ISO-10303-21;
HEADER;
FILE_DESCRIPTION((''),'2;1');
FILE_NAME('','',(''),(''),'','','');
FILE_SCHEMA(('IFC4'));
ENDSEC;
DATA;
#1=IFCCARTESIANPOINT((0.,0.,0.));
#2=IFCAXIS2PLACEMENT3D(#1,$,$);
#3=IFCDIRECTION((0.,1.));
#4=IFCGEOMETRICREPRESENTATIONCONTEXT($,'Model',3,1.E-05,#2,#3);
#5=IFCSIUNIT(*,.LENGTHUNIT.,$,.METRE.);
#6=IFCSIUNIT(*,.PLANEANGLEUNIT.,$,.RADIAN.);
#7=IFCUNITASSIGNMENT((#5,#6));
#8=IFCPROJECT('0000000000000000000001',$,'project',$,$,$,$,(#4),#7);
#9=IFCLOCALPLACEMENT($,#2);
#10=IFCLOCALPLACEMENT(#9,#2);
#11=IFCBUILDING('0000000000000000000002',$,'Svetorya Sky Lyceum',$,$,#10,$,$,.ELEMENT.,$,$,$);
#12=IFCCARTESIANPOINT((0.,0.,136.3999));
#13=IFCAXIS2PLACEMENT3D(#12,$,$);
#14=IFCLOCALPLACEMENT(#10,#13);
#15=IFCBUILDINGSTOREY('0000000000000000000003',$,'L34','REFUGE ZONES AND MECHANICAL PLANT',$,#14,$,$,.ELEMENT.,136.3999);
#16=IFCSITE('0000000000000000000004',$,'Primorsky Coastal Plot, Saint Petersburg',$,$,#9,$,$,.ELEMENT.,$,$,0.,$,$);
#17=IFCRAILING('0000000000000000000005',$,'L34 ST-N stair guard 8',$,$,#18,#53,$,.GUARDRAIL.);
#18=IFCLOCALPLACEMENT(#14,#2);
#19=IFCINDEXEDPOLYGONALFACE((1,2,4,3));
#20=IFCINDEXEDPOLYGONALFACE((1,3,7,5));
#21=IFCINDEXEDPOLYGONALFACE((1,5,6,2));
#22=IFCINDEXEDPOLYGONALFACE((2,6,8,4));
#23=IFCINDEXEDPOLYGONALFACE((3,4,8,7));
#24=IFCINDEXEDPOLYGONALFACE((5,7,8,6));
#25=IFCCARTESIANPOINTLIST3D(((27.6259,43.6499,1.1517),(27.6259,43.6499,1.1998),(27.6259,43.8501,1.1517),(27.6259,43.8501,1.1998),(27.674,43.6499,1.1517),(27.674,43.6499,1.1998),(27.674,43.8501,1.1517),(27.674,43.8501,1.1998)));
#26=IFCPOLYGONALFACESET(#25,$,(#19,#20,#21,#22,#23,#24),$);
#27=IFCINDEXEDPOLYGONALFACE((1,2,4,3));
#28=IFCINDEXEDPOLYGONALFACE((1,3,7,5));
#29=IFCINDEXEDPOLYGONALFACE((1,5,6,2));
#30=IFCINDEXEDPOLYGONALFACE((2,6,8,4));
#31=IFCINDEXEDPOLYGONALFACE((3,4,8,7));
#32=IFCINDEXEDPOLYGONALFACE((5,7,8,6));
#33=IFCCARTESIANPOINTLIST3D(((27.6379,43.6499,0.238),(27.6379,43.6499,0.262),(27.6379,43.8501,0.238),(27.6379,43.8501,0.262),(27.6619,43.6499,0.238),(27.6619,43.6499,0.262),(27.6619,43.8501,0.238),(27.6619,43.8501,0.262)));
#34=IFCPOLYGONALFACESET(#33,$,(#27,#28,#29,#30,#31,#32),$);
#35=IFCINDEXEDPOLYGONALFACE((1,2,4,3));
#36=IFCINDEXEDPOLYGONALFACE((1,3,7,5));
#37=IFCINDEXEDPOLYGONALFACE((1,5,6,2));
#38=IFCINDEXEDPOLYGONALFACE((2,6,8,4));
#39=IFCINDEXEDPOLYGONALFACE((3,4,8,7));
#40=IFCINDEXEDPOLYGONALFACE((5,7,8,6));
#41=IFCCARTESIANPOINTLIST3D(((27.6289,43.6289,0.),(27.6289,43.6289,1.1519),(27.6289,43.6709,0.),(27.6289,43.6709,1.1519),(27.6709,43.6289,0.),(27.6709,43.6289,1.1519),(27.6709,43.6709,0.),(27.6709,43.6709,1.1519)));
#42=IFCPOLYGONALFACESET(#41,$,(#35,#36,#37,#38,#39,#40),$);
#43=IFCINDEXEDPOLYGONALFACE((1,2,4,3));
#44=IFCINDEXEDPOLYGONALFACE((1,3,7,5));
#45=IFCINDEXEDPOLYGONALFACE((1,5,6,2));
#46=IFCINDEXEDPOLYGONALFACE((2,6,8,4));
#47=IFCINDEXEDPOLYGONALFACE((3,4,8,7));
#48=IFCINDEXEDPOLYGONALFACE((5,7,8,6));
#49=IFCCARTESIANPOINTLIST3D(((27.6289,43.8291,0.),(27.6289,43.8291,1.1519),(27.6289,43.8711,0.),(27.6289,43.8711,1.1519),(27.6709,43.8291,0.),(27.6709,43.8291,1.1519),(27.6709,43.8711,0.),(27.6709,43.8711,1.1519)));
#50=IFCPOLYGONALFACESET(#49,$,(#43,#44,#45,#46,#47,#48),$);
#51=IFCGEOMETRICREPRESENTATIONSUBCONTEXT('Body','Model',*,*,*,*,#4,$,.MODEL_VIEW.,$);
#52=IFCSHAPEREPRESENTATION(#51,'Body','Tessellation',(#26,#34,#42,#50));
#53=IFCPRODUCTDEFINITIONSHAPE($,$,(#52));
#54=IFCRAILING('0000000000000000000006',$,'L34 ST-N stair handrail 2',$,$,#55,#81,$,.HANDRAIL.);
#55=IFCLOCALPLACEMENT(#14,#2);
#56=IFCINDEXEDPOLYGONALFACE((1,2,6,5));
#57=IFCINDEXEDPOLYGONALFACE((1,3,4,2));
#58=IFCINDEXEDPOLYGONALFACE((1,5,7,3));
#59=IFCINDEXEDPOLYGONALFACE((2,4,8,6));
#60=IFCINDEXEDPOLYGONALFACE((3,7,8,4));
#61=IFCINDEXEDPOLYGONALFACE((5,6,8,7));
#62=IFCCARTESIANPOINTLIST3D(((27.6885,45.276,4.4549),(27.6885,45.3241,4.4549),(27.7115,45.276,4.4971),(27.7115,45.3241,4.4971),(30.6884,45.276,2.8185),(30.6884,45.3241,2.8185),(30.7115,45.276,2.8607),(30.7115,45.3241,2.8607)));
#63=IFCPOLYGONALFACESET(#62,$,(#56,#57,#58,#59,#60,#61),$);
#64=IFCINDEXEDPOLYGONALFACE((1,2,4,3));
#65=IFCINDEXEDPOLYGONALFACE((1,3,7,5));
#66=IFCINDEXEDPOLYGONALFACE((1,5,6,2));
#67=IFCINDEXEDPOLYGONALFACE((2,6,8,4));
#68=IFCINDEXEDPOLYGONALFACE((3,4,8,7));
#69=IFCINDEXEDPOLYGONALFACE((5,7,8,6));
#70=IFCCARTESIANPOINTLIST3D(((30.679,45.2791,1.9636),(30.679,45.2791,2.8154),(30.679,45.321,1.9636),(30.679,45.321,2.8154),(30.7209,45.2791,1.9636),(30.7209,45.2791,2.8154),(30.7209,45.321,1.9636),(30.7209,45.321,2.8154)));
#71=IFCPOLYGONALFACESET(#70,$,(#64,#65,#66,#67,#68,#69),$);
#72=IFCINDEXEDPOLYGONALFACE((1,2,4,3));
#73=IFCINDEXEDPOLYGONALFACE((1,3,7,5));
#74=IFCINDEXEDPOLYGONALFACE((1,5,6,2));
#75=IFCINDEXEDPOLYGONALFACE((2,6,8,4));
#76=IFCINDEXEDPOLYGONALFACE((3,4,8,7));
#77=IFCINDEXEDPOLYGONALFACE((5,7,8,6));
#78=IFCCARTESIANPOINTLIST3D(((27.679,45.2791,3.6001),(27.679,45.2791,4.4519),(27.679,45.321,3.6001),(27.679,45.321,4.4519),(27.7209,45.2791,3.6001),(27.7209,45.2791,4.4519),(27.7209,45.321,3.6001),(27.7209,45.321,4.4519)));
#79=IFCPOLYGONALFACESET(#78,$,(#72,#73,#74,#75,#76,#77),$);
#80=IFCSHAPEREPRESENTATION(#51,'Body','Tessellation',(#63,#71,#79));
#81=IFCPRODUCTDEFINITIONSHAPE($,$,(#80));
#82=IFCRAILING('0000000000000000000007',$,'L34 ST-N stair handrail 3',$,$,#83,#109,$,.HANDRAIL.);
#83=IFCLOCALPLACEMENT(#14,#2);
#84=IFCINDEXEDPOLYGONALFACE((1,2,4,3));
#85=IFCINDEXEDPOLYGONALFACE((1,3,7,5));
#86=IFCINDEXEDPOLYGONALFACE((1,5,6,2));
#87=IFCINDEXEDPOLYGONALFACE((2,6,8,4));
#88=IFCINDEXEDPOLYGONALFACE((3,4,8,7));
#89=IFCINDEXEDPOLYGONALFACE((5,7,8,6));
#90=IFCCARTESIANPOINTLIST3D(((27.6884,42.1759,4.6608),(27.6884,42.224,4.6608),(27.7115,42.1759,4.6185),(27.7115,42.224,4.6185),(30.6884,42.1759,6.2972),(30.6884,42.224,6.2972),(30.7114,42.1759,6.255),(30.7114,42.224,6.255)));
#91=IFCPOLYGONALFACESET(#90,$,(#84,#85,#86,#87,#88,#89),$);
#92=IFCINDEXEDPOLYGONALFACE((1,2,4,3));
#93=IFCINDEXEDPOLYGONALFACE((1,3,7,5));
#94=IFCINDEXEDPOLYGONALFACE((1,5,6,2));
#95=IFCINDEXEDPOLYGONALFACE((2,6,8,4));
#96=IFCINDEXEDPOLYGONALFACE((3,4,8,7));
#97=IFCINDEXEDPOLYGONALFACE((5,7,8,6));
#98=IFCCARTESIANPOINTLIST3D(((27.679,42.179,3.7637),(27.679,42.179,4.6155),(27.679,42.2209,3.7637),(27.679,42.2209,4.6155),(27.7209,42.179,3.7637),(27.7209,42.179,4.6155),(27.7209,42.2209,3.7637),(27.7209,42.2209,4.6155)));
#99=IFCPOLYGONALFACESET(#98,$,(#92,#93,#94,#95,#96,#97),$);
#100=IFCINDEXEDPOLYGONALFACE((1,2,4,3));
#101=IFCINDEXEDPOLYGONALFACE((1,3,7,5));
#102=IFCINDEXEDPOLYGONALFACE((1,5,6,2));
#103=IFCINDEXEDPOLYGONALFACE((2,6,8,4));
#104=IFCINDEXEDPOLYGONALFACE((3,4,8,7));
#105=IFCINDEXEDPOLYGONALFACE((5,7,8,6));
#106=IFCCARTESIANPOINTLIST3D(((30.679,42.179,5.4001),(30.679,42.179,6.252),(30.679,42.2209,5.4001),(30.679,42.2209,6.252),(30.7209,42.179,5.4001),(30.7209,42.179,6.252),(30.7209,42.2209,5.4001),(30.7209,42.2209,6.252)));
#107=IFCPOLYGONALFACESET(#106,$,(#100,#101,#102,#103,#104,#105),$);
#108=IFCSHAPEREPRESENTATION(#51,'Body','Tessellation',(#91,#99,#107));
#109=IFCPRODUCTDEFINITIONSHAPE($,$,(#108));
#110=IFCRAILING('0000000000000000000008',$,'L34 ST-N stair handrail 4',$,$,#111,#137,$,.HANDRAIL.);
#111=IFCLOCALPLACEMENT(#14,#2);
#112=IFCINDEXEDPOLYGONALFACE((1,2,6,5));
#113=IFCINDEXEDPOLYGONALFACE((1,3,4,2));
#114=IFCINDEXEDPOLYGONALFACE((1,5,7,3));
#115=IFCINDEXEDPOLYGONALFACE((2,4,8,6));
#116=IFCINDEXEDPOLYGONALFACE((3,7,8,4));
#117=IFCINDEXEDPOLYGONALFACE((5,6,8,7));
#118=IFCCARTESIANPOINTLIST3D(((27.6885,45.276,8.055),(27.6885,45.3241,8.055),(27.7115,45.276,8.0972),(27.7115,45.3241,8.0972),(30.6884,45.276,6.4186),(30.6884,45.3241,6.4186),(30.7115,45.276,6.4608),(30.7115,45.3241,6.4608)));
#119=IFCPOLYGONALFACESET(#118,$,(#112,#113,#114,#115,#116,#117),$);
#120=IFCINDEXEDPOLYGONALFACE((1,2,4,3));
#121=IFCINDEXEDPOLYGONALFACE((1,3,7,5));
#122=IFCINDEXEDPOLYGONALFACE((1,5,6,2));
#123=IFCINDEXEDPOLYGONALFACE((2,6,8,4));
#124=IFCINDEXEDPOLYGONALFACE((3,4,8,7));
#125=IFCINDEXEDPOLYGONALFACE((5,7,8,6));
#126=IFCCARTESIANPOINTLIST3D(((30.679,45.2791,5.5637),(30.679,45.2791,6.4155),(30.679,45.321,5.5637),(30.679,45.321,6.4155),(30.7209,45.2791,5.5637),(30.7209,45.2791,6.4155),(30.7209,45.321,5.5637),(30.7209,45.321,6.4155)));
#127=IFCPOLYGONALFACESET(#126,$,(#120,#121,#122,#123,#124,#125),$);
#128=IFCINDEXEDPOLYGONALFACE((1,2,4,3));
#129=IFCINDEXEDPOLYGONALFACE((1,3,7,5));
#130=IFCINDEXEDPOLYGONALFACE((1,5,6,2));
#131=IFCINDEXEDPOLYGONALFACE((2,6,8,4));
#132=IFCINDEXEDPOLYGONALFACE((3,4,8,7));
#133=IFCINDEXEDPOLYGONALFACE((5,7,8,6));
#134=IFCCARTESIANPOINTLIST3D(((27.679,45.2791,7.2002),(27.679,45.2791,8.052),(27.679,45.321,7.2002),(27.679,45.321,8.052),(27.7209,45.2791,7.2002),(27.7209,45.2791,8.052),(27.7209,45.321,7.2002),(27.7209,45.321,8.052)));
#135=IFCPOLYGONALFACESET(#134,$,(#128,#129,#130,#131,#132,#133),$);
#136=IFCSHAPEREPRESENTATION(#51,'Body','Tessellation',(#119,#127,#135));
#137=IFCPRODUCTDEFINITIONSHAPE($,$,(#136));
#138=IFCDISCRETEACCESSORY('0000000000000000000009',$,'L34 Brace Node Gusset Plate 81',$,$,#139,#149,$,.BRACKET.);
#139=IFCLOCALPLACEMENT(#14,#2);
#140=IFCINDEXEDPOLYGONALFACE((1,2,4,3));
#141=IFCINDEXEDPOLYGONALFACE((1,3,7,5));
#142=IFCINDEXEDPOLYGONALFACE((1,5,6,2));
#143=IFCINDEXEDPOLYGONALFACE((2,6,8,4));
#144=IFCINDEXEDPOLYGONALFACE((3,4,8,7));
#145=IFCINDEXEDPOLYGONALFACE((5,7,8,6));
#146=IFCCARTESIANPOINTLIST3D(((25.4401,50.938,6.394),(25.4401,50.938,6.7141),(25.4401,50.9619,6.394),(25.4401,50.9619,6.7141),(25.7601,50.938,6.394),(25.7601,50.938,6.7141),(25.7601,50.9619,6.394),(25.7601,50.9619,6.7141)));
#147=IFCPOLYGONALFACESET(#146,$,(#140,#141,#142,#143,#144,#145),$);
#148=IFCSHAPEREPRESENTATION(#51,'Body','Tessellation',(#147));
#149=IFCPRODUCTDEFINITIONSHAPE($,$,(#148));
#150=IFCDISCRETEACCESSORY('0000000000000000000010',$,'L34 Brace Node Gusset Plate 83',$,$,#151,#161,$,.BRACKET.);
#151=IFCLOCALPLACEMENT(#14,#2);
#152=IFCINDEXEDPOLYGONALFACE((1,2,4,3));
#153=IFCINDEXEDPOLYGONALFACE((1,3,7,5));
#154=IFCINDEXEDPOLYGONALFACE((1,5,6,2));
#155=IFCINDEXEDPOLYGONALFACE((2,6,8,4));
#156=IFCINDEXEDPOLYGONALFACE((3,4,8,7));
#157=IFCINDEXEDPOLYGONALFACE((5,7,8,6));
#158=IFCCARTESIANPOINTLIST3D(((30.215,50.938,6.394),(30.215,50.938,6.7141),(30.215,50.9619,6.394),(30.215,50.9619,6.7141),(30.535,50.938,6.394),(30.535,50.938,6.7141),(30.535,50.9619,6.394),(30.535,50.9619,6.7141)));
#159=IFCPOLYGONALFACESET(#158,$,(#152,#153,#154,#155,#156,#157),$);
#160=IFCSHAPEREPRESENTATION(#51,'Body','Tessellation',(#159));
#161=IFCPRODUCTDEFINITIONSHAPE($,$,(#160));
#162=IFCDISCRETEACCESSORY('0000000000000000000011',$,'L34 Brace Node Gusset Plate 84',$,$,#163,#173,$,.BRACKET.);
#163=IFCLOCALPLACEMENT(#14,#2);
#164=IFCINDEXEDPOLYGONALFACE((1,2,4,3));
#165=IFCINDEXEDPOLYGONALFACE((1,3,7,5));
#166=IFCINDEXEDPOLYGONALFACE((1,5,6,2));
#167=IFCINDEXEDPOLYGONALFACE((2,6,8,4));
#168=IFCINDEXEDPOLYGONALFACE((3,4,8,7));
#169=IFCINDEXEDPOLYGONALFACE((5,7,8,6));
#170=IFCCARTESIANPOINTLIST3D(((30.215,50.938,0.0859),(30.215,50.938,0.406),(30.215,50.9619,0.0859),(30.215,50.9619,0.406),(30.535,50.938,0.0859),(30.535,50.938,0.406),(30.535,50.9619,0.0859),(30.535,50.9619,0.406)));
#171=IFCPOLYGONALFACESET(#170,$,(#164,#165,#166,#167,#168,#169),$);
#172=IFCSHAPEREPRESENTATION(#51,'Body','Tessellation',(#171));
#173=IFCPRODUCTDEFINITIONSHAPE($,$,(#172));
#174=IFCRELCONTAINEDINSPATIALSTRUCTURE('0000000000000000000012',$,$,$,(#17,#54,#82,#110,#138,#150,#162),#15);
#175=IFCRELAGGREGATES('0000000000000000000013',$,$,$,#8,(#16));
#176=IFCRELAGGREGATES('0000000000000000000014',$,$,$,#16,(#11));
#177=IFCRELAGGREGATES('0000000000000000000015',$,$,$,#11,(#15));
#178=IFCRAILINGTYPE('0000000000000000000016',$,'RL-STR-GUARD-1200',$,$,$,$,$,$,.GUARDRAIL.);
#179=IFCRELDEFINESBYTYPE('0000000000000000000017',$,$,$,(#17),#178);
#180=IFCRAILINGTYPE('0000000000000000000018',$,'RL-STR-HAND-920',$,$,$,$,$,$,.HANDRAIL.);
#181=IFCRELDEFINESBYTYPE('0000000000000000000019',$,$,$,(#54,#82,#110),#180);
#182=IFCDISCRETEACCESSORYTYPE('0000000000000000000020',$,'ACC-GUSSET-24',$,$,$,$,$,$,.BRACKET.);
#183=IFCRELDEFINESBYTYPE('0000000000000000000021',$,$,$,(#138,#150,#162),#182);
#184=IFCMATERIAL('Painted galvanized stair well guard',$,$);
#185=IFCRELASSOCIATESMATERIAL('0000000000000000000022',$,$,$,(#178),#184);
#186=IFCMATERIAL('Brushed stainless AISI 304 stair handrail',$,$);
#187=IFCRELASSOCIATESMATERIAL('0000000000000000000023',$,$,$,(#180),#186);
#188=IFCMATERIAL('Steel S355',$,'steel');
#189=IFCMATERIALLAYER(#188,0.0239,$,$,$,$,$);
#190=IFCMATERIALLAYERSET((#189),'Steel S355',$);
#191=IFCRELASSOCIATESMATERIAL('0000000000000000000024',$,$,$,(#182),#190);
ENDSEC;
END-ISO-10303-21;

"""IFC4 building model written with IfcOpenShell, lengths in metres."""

from ifc_helpers import new_model, si_unit, direction, frame, origin, origin_2d, place, context, subcontext, project, spatial, rectangle, extrude, material, layer, layer_set, type_object, element, save


model = new_model("IFC4")

# Units and contexts
model_context = context("Model", 3, precision=1e-05, world=origin(), true_north=direction((0.0, 1.0)))
body_context = subcontext(model_context, "Body", "Model", "MODEL_VIEW")
ifc_project = project(units=[si_unit("LENGTHUNIT", "METRE"), si_unit("PLANEANGLEUNIT", "RADIAN")], contexts=[model_context])

# Site, building, storey
site_placement = place(None, origin())
site = spatial("IfcSite", under=ifc_project, at=site_placement, Name="Primorsky Coastal Plot, Saint Petersburg", CompositionType="ELEMENT", RefElevation=0.0)
building_placement = place(site_placement, origin())
building = spatial("IfcBuilding", under=site, at=building_placement, Name="Svetorya Sky Lyceum", CompositionType="ELEMENT")
storey_placement = place(building_placement, frame((0.0, 0.0, 136.3999)))
storey = spatial("IfcBuildingStorey", under=building, at=storey_placement, Name="L34", Description="REFUGE ZONES AND MECHANICAL PLANT", CompositionType="ELEMENT", Elevation=136.3999)

# Shared definitions
ifc_material_1 = material(Name="Steel S355", Category="steel")

# Railings
ifc_material_2 = material(Name="Painted galvanized stair well guard")
railing_type_1 = type_object("IfcRailingType", Name="RL-STR-GUARD-1200", PredefinedType="GUARDRAIL", material=ifc_material_2)
railing_1_placement = place(storey_placement, frame((27.6499, 43.6499, 0.0)))
element("IfcRailing", 1, at=railing_1_placement, inside=storey, type_object=railing_type_1, Name="L34 ST-N stair guard 8", PredefinedType="GUARDRAIL", context=body_context, shape_type="SweptSolid", body=[
    extrude(rectangle(XDim=0.0481, YDim=0.0481, at=origin_2d()), frame((0.0, 0.0, 1.1758), z_axis=(0.0, 1.0, 0.0), x_axis=(-1.0, 0.0, 0.0)), (0.0, 0.0, 1.0), 0.2002),
    extrude(rectangle(XDim=0.0239, YDim=0.0239, at=origin_2d()), frame((0.0, 0.0, 0.25), z_axis=(0.0, 1.0, 0.0), x_axis=(-1.0, 0.0, 0.0)), (0.0, 0.0, 1.0), 0.2002),
    extrude(rectangle(XDim=0.042, YDim=0.042, at=origin_2d()), origin(), (0.0, 0.0, 1.0), 1.1519),
    extrude(rectangle(XDim=0.042, YDim=0.042, at=origin_2d()), frame((0.0, 0.2002, 0.0)), (0.0, 0.0, 1.0), 1.1519),
])
ifc_material_3 = material(Name="Brushed stainless AISI 304 stair handrail")
railing_type_2 = type_object("IfcRailingType", Name="RL-STR-HAND-920", PredefinedType="HANDRAIL", material=ifc_material_3)
railing_2_placement = place(storey_placement, frame((30.7, 45.3, 1.9636)))
element("IfcRailing", 2, at=railing_2_placement, inside=storey, type_object=railing_type_2, Name="L34 ST-N stair handrail 2", PredefinedType="HANDRAIL", context=body_context, shape_type="SweptSolid", body=[
    extrude(rectangle(XDim=0.0481, YDim=0.0481, at=origin_2d()), frame((0.0, 0.0, 0.876), z_axis=(-0.877882, 0.0, 0.478877), x_axis=(0.0, -1.0, 0.0)), (0.0, 0.0, 1.0), 3.4172),
    extrude(rectangle(XDim=0.042, YDim=0.042, at=origin_2d()), origin(), (0.0, 0.0, 1.0), 0.8518),
    extrude(rectangle(XDim=0.042, YDim=0.042, at=origin_2d()), frame((-3.0, 0.0, 1.6365)), (0.0, 0.0, 1.0), 0.8518),
])
railing_3_placement = place(storey_placement, frame((27.7, 42.2, 3.7637)))
element("IfcRailing", 3, at=railing_3_placement, inside=storey, type_object=railing_type_2, Name="L34 ST-N stair handrail 3", PredefinedType="HANDRAIL", context=body_context, shape_type="SweptSolid", body=[
    extrude(rectangle(XDim=0.0481, YDim=0.0481, at=origin_2d()), frame((0.0, 0.0, 0.876), z_axis=(0.877882, 0.0, 0.478877), x_axis=(0.0, 1.0, 0.0)), (0.0, 0.0, 1.0), 3.4172),
    extrude(rectangle(XDim=0.042, YDim=0.042, at=origin_2d()), origin(), (0.0, 0.0, 1.0), 0.8518),
    extrude(rectangle(XDim=0.042, YDim=0.042, at=origin_2d()), frame((3.0, 0.0, 1.6365)), (0.0, 0.0, 1.0), 0.8518),
])
railing_4_placement = place(storey_placement, frame((30.7, 45.3, 5.5637)))
element("IfcRailing", 4, at=railing_4_placement, inside=storey, type_object=railing_type_2, Name="L34 ST-N stair handrail 4", PredefinedType="HANDRAIL", context=body_context, shape_type="SweptSolid", body=[
    extrude(rectangle(XDim=0.0481, YDim=0.0481, at=origin_2d()), frame((0.0, 0.0, 0.876), z_axis=(-0.877882, 0.0, 0.478877), x_axis=(0.0, -1.0, 0.0)), (0.0, 0.0, 1.0), 3.4172),
    extrude(rectangle(XDim=0.042, YDim=0.042, at=origin_2d()), origin(), (0.0, 0.0, 1.0), 0.8518),
    extrude(rectangle(XDim=0.042, YDim=0.042, at=origin_2d()), frame((-3.0, 0.0, 1.6365)), (0.0, 0.0, 1.0), 0.8518),
])

# Discrete accessories
ifc_layer = layer(ifc_material_1, 0.0239)
ifc_layer_set = layer_set([ifc_layer], Name="Steel S355")
discrete_accessory_type = type_object("IfcDiscreteAccessoryType", Name="ACC-GUSSET-24", PredefinedType="BRACKET", material=ifc_layer_set)
for number, where, z_axis, x_axis, name in (
    (5, (25.6001, 50.95, 6.394), (0.0, 0.0, 1.0), (1.0, 0.0, 0.0), "L34 Brace Node Gusset Plate 81"),
    (6, (30.375, 50.95, 6.394), (0.0, 0.0, 1.0), (1.0, 0.0, 0.0), "L34 Brace Node Gusset Plate 83"),
    (7, (30.375, 50.95, 0.0859), (0.0, 0.0, 1.0), (1.0, 0.0, 0.0), "L34 Brace Node Gusset Plate 84"),
):
    element("IfcDiscreteAccessory", number, at=place(storey_placement, frame(where, z_axis=z_axis, x_axis=x_axis)), inside=storey, type_object=discrete_accessory_type, Name=name, PredefinedType="BRACKET", context=body_context, shape_type="SweptSolid", body=[
        extrude(rectangle(XDim=0.3201, YDim=0.0239, at=origin_2d()), origin(), (0.0, 0.0, 1.0), 0.3201),
    ])

save(model, "model.ifc")
